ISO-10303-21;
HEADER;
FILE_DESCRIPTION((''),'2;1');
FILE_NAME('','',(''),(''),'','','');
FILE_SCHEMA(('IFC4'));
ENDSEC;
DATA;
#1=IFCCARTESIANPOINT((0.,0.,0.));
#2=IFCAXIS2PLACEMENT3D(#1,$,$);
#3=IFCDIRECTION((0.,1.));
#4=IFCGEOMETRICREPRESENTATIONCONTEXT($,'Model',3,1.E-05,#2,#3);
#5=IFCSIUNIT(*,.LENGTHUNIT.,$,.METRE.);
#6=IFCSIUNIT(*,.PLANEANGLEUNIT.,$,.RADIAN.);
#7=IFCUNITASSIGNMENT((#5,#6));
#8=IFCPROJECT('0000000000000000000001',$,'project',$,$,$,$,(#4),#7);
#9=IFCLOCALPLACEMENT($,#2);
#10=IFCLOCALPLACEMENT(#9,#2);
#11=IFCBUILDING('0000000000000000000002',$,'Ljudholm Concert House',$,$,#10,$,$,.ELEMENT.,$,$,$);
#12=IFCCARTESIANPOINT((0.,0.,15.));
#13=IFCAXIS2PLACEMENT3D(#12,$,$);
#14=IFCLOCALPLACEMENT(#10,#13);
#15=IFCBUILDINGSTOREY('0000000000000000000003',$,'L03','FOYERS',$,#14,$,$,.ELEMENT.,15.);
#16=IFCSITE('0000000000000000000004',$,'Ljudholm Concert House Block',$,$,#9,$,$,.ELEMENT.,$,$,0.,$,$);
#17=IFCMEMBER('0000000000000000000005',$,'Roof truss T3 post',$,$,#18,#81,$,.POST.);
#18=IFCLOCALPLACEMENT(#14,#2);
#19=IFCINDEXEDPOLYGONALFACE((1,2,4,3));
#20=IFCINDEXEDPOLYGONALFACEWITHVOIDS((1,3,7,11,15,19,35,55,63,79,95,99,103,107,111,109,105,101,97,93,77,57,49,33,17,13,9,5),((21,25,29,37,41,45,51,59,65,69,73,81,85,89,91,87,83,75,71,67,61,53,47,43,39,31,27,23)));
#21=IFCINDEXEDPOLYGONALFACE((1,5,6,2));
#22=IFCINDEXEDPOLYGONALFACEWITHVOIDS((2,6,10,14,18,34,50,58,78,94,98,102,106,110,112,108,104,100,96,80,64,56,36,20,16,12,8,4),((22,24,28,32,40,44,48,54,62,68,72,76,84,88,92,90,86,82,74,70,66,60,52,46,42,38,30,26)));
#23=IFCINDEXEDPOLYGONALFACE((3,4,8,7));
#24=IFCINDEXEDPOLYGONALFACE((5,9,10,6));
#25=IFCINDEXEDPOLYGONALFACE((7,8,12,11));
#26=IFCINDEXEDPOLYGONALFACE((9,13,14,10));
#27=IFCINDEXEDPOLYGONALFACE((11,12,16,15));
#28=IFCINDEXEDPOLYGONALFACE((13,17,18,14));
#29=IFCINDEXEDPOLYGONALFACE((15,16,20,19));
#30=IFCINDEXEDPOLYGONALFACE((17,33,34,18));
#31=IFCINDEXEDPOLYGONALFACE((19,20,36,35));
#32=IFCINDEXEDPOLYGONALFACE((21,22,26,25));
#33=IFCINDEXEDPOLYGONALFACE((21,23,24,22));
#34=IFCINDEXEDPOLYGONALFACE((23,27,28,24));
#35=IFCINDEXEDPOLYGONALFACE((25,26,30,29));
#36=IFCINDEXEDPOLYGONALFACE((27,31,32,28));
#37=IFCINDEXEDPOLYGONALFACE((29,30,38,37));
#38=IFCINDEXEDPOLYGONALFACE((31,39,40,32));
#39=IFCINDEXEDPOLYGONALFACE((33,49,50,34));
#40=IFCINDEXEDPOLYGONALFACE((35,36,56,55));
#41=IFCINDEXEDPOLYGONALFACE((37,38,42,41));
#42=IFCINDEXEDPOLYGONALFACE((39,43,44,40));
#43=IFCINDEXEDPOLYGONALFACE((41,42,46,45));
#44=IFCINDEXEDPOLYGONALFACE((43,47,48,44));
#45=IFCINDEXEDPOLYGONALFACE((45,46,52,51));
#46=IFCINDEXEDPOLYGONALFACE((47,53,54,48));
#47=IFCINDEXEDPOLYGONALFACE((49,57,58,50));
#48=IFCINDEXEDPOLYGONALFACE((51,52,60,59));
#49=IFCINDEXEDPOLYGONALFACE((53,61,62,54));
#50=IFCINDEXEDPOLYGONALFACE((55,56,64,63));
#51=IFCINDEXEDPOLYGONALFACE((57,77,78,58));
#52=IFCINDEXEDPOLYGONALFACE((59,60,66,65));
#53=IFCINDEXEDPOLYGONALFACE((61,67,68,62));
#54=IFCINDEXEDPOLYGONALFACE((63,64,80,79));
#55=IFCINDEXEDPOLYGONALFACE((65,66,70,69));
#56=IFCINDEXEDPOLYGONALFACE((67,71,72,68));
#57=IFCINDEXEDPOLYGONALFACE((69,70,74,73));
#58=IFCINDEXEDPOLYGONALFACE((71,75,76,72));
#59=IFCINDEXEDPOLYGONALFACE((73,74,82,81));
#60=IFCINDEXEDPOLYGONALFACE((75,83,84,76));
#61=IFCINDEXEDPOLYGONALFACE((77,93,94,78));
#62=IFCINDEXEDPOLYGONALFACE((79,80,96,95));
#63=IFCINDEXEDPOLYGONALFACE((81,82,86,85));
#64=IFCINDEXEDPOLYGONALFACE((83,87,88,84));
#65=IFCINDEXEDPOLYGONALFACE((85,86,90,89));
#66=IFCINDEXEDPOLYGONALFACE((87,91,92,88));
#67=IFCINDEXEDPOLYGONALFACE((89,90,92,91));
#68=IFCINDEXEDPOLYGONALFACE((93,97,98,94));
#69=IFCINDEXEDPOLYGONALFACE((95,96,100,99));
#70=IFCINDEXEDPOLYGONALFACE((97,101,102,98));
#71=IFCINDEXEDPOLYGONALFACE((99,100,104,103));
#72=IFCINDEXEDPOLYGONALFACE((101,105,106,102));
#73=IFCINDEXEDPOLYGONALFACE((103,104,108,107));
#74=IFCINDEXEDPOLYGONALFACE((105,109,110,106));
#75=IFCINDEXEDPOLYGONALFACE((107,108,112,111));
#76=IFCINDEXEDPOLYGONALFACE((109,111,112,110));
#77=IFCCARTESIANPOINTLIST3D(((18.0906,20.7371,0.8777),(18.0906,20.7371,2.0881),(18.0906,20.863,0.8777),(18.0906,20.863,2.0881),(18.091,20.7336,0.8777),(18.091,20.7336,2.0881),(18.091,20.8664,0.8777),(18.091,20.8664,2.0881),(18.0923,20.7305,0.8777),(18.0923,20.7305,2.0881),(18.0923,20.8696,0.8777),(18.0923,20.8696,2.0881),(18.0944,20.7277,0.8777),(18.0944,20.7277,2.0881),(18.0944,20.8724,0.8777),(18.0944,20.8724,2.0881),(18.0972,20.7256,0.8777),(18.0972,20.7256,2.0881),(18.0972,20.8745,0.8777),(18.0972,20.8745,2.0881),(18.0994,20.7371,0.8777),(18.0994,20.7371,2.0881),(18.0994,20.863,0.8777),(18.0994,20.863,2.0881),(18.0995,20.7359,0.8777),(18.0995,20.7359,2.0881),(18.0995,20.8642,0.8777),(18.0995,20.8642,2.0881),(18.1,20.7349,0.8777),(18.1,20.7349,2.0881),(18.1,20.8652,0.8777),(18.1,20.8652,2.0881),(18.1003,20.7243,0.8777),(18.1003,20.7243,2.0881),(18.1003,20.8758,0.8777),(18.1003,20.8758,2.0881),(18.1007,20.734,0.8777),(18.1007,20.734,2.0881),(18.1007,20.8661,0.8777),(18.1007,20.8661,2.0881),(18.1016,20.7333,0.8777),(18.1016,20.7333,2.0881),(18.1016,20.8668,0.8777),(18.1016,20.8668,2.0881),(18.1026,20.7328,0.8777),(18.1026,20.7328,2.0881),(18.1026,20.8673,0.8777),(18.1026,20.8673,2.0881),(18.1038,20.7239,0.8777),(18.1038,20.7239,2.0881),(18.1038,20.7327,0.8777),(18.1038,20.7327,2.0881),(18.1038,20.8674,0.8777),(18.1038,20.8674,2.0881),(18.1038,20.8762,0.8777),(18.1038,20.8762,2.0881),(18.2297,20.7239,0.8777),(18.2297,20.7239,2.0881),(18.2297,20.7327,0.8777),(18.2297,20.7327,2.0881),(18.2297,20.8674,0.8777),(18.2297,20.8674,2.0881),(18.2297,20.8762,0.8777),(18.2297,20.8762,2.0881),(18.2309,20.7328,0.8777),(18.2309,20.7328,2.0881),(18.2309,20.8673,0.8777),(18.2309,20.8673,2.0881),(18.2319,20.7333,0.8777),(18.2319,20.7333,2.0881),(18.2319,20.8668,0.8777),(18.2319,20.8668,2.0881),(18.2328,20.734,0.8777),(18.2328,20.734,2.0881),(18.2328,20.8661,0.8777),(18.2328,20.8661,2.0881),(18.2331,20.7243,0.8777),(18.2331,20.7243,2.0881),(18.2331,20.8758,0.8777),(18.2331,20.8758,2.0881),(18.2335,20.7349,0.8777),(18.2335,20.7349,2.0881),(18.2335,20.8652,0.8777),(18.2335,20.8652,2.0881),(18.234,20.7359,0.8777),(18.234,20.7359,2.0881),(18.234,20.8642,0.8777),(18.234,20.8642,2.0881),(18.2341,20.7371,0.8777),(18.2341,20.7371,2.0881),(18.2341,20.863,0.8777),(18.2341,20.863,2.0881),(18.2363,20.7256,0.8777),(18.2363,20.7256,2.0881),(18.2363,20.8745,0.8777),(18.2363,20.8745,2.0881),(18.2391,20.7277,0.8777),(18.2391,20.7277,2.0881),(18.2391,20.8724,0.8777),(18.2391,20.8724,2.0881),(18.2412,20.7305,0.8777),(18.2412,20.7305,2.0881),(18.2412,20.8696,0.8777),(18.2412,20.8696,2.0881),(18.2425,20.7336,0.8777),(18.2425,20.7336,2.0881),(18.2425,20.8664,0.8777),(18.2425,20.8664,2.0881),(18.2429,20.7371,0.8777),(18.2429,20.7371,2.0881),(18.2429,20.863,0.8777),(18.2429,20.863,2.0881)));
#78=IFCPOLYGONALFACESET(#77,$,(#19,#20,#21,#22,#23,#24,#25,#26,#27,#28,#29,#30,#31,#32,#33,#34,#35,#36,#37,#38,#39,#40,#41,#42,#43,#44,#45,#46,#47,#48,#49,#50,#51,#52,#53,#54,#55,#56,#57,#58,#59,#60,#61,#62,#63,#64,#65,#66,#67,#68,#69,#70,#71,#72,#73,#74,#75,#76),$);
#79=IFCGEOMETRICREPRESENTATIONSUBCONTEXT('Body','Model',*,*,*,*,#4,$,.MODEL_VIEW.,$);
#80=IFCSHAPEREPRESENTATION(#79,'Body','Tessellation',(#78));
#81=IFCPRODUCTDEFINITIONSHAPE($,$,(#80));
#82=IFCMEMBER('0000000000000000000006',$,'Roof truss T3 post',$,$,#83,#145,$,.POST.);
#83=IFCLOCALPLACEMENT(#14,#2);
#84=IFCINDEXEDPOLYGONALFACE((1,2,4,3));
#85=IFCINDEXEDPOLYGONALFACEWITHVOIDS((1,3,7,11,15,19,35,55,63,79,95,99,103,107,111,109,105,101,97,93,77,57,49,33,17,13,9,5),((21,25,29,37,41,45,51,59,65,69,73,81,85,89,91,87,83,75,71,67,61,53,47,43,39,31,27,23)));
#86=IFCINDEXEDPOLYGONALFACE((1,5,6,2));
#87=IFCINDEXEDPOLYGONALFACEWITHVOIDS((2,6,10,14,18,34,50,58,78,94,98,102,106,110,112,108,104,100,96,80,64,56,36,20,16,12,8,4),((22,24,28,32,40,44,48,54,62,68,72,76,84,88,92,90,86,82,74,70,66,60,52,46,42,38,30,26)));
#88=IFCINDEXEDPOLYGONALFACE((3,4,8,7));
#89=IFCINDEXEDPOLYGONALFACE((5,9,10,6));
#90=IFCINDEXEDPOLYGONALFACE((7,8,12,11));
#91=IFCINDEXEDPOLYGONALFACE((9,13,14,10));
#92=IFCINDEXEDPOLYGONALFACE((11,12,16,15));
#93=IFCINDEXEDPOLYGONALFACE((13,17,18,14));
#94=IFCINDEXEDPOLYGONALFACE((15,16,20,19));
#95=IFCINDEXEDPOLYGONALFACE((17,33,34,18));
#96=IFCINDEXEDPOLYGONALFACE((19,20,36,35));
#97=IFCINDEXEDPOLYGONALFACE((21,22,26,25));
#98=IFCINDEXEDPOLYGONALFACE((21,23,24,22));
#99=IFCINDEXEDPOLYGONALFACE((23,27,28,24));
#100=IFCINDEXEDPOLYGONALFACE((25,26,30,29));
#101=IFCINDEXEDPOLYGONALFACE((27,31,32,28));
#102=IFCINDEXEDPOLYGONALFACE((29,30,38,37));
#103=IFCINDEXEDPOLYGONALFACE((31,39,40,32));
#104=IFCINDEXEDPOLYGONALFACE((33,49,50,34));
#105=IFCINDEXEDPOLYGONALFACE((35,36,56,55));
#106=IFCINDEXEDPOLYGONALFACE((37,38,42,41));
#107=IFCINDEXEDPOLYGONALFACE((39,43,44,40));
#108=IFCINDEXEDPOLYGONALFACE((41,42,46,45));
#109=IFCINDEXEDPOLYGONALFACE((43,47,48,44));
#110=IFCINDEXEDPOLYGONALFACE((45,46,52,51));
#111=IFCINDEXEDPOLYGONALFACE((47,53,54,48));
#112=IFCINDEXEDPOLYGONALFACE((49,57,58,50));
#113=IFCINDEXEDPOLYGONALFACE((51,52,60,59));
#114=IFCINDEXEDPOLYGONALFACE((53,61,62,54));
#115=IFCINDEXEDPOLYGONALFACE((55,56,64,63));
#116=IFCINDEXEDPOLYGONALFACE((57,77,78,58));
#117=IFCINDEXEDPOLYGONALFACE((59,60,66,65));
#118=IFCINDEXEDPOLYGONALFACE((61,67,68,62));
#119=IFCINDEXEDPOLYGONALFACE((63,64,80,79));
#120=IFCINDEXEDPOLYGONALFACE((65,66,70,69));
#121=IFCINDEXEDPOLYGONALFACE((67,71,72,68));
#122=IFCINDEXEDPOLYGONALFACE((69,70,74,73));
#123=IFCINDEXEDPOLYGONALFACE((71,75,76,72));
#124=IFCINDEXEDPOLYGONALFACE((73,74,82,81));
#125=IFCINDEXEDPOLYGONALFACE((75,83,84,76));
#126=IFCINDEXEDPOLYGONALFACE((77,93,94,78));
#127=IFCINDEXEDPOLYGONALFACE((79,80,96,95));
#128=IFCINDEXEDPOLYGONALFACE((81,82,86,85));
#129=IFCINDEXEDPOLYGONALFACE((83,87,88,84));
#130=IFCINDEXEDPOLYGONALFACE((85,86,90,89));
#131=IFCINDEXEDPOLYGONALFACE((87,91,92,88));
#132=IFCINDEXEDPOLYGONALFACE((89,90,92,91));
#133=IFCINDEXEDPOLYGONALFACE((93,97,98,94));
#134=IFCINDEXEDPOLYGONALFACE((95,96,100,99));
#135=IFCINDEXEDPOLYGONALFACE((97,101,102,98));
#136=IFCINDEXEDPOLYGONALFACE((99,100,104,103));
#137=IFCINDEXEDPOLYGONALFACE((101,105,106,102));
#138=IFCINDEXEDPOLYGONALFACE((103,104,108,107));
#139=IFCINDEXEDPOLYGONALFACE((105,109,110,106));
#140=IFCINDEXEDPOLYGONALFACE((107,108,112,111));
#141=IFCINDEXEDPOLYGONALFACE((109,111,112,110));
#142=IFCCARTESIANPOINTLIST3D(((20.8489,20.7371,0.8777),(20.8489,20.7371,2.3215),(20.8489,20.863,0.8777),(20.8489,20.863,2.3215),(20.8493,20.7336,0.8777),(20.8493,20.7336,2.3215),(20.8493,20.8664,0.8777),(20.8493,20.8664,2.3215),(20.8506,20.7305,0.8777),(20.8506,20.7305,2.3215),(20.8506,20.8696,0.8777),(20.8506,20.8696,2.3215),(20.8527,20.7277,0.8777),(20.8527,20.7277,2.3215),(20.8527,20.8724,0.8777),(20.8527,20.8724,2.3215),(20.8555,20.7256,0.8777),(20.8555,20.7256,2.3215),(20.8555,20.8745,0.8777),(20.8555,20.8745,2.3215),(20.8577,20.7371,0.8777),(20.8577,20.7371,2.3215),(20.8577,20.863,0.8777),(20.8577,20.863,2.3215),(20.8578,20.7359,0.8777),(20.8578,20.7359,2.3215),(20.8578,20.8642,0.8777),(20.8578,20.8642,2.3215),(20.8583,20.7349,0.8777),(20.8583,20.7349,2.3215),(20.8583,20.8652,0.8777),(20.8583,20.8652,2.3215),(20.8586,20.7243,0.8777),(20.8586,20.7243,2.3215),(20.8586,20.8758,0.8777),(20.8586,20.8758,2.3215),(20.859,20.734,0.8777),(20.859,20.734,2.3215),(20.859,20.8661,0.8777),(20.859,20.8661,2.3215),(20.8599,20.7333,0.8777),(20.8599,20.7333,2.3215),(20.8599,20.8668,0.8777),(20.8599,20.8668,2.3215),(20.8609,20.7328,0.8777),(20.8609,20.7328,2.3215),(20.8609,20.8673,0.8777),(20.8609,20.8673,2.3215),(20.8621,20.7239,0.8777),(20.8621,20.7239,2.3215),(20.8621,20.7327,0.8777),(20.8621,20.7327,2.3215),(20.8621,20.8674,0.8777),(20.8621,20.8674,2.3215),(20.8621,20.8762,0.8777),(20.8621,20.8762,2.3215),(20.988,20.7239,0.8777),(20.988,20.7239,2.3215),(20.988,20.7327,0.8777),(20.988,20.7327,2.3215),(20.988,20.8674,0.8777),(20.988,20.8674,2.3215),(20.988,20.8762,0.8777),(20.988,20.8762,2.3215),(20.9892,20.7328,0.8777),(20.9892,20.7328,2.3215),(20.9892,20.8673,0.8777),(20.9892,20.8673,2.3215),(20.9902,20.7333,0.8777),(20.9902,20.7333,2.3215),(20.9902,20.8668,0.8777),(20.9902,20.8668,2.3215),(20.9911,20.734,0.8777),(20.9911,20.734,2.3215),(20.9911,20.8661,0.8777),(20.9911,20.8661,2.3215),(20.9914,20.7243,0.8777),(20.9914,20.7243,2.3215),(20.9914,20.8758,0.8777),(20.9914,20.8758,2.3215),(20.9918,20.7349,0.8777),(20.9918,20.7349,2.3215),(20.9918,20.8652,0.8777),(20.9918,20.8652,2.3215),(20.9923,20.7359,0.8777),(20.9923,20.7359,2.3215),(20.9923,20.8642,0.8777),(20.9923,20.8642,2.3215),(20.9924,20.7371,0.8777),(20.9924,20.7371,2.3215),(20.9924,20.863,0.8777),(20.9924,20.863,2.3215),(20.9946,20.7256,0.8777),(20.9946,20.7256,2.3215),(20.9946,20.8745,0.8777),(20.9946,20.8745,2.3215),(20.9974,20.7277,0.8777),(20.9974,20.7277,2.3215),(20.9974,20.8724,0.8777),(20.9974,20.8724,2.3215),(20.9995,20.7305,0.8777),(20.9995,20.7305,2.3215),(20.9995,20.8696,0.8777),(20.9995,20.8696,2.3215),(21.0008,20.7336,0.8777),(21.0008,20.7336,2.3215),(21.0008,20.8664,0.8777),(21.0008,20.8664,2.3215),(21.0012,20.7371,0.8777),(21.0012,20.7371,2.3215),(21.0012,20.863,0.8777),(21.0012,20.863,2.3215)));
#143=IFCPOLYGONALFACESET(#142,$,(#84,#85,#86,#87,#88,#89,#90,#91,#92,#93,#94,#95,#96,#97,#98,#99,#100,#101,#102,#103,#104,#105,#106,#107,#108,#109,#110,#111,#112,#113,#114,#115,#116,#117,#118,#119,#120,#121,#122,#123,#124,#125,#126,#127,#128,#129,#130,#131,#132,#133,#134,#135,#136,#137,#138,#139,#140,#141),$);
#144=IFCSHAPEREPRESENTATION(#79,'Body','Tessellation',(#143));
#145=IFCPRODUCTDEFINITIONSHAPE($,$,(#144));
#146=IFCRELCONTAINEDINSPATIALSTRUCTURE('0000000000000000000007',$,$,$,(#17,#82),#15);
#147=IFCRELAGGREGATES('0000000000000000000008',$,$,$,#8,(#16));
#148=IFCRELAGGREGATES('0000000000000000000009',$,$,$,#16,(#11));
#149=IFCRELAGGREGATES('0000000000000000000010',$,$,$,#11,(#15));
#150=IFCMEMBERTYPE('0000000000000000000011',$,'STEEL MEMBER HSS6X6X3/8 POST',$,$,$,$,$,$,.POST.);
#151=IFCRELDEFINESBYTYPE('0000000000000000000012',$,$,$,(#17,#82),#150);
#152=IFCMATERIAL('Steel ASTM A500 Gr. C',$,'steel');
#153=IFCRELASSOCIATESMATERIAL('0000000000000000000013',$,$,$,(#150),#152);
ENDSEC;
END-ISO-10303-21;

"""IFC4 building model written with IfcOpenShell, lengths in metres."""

from ifc_helpers import new_model, si_unit, direction, frame, origin, origin_2d, place, context, subcontext, project, spatial, hollow_rectangle, extrude, material, material_profile, profile_set, type_object, element, save


model = new_model("IFC4")

# Units and contexts
model_context = context("Model", 3, precision=1e-05, world=origin(), true_north=direction((0.0, 1.0)))
body_context = subcontext(model_context, "Body", "Model", "MODEL_VIEW")
ifc_project = project(units=[si_unit("LENGTHUNIT", "METRE"), si_unit("PLANEANGLEUNIT", "RADIAN")], contexts=[model_context])

# Site, building, storey
site_placement = place(None, origin())
site = spatial("IfcSite", under=ifc_project, at=site_placement, Name="Ljudholm Concert House Block", CompositionType="ELEMENT", RefElevation=0.0)
building_placement = place(site_placement, origin())
building = spatial("IfcBuilding", under=site, at=building_placement, Name="Ljudholm Concert House", CompositionType="ELEMENT")
storey_placement = place(building_placement, frame((0.0, 0.0, 15.0)))
storey = spatial("IfcBuildingStorey", under=building, at=storey_placement, Name="L03", Description="FOYERS", CompositionType="ELEMENT", Elevation=15.0)

# Members
ifc_material_1 = material(Name="Steel ASTM A500 Gr. C", Category="steel")
ifc_material_profile_1 = material_profile(ifc_material_1, hollow_rectangle(XDim=0.1523, YDim=0.1523, WallThickness=0.0088, InnerFilletRadius=0.0044, OuterFilletRadius=0.0132, at=origin_2d()), Name="HSS6X6X3/8")
ifc_profile_set_1 = profile_set([ifc_material_profile_1], Name="Steel ASTM A500 Gr. C")
member_type_1 = type_object("IfcMemberType", Name="STEEL MEMBER HSS6X6X3/8 POST", PredefinedType="POST", material=ifc_profile_set_1)
member_1_placement = place(storey_placement, frame((18.1667, 20.8, 0.8777), z_axis=(0.0, 0.0, 1.0), x_axis=(1.0, 0.0, 0.0)))
element("IfcMember", 1, at=member_1_placement, inside=storey, type_object=member_type_1, Name="Roof truss T3 post", PredefinedType="POST", context=body_context, shape_type="SweptSolid", body=[
    extrude(hollow_rectangle(XDim=0.1523, YDim=0.1523, WallThickness=0.0088, InnerFilletRadius=0.0044, OuterFilletRadius=0.0132, at=origin_2d()), origin(), (0.0, 0.0, 1.0), 1.2104),
])
member_2_placement = place(storey_placement, frame((20.925, 20.8, 0.8777), z_axis=(0.0, 0.0, 1.0), x_axis=(1.0, 0.0, 0.0)))
element("IfcMember", 2, at=member_2_placement, inside=storey, type_object=member_type_1, Name="Roof truss T3 post", PredefinedType="POST", context=body_context, shape_type="SweptSolid", body=[
    extrude(hollow_rectangle(XDim=0.1523, YDim=0.1523, WallThickness=0.0088, InnerFilletRadius=0.0044, OuterFilletRadius=0.0132, at=origin_2d()), origin(), (0.0, 0.0, 1.0), 1.4438),
])

save(model, "model.ifc")
